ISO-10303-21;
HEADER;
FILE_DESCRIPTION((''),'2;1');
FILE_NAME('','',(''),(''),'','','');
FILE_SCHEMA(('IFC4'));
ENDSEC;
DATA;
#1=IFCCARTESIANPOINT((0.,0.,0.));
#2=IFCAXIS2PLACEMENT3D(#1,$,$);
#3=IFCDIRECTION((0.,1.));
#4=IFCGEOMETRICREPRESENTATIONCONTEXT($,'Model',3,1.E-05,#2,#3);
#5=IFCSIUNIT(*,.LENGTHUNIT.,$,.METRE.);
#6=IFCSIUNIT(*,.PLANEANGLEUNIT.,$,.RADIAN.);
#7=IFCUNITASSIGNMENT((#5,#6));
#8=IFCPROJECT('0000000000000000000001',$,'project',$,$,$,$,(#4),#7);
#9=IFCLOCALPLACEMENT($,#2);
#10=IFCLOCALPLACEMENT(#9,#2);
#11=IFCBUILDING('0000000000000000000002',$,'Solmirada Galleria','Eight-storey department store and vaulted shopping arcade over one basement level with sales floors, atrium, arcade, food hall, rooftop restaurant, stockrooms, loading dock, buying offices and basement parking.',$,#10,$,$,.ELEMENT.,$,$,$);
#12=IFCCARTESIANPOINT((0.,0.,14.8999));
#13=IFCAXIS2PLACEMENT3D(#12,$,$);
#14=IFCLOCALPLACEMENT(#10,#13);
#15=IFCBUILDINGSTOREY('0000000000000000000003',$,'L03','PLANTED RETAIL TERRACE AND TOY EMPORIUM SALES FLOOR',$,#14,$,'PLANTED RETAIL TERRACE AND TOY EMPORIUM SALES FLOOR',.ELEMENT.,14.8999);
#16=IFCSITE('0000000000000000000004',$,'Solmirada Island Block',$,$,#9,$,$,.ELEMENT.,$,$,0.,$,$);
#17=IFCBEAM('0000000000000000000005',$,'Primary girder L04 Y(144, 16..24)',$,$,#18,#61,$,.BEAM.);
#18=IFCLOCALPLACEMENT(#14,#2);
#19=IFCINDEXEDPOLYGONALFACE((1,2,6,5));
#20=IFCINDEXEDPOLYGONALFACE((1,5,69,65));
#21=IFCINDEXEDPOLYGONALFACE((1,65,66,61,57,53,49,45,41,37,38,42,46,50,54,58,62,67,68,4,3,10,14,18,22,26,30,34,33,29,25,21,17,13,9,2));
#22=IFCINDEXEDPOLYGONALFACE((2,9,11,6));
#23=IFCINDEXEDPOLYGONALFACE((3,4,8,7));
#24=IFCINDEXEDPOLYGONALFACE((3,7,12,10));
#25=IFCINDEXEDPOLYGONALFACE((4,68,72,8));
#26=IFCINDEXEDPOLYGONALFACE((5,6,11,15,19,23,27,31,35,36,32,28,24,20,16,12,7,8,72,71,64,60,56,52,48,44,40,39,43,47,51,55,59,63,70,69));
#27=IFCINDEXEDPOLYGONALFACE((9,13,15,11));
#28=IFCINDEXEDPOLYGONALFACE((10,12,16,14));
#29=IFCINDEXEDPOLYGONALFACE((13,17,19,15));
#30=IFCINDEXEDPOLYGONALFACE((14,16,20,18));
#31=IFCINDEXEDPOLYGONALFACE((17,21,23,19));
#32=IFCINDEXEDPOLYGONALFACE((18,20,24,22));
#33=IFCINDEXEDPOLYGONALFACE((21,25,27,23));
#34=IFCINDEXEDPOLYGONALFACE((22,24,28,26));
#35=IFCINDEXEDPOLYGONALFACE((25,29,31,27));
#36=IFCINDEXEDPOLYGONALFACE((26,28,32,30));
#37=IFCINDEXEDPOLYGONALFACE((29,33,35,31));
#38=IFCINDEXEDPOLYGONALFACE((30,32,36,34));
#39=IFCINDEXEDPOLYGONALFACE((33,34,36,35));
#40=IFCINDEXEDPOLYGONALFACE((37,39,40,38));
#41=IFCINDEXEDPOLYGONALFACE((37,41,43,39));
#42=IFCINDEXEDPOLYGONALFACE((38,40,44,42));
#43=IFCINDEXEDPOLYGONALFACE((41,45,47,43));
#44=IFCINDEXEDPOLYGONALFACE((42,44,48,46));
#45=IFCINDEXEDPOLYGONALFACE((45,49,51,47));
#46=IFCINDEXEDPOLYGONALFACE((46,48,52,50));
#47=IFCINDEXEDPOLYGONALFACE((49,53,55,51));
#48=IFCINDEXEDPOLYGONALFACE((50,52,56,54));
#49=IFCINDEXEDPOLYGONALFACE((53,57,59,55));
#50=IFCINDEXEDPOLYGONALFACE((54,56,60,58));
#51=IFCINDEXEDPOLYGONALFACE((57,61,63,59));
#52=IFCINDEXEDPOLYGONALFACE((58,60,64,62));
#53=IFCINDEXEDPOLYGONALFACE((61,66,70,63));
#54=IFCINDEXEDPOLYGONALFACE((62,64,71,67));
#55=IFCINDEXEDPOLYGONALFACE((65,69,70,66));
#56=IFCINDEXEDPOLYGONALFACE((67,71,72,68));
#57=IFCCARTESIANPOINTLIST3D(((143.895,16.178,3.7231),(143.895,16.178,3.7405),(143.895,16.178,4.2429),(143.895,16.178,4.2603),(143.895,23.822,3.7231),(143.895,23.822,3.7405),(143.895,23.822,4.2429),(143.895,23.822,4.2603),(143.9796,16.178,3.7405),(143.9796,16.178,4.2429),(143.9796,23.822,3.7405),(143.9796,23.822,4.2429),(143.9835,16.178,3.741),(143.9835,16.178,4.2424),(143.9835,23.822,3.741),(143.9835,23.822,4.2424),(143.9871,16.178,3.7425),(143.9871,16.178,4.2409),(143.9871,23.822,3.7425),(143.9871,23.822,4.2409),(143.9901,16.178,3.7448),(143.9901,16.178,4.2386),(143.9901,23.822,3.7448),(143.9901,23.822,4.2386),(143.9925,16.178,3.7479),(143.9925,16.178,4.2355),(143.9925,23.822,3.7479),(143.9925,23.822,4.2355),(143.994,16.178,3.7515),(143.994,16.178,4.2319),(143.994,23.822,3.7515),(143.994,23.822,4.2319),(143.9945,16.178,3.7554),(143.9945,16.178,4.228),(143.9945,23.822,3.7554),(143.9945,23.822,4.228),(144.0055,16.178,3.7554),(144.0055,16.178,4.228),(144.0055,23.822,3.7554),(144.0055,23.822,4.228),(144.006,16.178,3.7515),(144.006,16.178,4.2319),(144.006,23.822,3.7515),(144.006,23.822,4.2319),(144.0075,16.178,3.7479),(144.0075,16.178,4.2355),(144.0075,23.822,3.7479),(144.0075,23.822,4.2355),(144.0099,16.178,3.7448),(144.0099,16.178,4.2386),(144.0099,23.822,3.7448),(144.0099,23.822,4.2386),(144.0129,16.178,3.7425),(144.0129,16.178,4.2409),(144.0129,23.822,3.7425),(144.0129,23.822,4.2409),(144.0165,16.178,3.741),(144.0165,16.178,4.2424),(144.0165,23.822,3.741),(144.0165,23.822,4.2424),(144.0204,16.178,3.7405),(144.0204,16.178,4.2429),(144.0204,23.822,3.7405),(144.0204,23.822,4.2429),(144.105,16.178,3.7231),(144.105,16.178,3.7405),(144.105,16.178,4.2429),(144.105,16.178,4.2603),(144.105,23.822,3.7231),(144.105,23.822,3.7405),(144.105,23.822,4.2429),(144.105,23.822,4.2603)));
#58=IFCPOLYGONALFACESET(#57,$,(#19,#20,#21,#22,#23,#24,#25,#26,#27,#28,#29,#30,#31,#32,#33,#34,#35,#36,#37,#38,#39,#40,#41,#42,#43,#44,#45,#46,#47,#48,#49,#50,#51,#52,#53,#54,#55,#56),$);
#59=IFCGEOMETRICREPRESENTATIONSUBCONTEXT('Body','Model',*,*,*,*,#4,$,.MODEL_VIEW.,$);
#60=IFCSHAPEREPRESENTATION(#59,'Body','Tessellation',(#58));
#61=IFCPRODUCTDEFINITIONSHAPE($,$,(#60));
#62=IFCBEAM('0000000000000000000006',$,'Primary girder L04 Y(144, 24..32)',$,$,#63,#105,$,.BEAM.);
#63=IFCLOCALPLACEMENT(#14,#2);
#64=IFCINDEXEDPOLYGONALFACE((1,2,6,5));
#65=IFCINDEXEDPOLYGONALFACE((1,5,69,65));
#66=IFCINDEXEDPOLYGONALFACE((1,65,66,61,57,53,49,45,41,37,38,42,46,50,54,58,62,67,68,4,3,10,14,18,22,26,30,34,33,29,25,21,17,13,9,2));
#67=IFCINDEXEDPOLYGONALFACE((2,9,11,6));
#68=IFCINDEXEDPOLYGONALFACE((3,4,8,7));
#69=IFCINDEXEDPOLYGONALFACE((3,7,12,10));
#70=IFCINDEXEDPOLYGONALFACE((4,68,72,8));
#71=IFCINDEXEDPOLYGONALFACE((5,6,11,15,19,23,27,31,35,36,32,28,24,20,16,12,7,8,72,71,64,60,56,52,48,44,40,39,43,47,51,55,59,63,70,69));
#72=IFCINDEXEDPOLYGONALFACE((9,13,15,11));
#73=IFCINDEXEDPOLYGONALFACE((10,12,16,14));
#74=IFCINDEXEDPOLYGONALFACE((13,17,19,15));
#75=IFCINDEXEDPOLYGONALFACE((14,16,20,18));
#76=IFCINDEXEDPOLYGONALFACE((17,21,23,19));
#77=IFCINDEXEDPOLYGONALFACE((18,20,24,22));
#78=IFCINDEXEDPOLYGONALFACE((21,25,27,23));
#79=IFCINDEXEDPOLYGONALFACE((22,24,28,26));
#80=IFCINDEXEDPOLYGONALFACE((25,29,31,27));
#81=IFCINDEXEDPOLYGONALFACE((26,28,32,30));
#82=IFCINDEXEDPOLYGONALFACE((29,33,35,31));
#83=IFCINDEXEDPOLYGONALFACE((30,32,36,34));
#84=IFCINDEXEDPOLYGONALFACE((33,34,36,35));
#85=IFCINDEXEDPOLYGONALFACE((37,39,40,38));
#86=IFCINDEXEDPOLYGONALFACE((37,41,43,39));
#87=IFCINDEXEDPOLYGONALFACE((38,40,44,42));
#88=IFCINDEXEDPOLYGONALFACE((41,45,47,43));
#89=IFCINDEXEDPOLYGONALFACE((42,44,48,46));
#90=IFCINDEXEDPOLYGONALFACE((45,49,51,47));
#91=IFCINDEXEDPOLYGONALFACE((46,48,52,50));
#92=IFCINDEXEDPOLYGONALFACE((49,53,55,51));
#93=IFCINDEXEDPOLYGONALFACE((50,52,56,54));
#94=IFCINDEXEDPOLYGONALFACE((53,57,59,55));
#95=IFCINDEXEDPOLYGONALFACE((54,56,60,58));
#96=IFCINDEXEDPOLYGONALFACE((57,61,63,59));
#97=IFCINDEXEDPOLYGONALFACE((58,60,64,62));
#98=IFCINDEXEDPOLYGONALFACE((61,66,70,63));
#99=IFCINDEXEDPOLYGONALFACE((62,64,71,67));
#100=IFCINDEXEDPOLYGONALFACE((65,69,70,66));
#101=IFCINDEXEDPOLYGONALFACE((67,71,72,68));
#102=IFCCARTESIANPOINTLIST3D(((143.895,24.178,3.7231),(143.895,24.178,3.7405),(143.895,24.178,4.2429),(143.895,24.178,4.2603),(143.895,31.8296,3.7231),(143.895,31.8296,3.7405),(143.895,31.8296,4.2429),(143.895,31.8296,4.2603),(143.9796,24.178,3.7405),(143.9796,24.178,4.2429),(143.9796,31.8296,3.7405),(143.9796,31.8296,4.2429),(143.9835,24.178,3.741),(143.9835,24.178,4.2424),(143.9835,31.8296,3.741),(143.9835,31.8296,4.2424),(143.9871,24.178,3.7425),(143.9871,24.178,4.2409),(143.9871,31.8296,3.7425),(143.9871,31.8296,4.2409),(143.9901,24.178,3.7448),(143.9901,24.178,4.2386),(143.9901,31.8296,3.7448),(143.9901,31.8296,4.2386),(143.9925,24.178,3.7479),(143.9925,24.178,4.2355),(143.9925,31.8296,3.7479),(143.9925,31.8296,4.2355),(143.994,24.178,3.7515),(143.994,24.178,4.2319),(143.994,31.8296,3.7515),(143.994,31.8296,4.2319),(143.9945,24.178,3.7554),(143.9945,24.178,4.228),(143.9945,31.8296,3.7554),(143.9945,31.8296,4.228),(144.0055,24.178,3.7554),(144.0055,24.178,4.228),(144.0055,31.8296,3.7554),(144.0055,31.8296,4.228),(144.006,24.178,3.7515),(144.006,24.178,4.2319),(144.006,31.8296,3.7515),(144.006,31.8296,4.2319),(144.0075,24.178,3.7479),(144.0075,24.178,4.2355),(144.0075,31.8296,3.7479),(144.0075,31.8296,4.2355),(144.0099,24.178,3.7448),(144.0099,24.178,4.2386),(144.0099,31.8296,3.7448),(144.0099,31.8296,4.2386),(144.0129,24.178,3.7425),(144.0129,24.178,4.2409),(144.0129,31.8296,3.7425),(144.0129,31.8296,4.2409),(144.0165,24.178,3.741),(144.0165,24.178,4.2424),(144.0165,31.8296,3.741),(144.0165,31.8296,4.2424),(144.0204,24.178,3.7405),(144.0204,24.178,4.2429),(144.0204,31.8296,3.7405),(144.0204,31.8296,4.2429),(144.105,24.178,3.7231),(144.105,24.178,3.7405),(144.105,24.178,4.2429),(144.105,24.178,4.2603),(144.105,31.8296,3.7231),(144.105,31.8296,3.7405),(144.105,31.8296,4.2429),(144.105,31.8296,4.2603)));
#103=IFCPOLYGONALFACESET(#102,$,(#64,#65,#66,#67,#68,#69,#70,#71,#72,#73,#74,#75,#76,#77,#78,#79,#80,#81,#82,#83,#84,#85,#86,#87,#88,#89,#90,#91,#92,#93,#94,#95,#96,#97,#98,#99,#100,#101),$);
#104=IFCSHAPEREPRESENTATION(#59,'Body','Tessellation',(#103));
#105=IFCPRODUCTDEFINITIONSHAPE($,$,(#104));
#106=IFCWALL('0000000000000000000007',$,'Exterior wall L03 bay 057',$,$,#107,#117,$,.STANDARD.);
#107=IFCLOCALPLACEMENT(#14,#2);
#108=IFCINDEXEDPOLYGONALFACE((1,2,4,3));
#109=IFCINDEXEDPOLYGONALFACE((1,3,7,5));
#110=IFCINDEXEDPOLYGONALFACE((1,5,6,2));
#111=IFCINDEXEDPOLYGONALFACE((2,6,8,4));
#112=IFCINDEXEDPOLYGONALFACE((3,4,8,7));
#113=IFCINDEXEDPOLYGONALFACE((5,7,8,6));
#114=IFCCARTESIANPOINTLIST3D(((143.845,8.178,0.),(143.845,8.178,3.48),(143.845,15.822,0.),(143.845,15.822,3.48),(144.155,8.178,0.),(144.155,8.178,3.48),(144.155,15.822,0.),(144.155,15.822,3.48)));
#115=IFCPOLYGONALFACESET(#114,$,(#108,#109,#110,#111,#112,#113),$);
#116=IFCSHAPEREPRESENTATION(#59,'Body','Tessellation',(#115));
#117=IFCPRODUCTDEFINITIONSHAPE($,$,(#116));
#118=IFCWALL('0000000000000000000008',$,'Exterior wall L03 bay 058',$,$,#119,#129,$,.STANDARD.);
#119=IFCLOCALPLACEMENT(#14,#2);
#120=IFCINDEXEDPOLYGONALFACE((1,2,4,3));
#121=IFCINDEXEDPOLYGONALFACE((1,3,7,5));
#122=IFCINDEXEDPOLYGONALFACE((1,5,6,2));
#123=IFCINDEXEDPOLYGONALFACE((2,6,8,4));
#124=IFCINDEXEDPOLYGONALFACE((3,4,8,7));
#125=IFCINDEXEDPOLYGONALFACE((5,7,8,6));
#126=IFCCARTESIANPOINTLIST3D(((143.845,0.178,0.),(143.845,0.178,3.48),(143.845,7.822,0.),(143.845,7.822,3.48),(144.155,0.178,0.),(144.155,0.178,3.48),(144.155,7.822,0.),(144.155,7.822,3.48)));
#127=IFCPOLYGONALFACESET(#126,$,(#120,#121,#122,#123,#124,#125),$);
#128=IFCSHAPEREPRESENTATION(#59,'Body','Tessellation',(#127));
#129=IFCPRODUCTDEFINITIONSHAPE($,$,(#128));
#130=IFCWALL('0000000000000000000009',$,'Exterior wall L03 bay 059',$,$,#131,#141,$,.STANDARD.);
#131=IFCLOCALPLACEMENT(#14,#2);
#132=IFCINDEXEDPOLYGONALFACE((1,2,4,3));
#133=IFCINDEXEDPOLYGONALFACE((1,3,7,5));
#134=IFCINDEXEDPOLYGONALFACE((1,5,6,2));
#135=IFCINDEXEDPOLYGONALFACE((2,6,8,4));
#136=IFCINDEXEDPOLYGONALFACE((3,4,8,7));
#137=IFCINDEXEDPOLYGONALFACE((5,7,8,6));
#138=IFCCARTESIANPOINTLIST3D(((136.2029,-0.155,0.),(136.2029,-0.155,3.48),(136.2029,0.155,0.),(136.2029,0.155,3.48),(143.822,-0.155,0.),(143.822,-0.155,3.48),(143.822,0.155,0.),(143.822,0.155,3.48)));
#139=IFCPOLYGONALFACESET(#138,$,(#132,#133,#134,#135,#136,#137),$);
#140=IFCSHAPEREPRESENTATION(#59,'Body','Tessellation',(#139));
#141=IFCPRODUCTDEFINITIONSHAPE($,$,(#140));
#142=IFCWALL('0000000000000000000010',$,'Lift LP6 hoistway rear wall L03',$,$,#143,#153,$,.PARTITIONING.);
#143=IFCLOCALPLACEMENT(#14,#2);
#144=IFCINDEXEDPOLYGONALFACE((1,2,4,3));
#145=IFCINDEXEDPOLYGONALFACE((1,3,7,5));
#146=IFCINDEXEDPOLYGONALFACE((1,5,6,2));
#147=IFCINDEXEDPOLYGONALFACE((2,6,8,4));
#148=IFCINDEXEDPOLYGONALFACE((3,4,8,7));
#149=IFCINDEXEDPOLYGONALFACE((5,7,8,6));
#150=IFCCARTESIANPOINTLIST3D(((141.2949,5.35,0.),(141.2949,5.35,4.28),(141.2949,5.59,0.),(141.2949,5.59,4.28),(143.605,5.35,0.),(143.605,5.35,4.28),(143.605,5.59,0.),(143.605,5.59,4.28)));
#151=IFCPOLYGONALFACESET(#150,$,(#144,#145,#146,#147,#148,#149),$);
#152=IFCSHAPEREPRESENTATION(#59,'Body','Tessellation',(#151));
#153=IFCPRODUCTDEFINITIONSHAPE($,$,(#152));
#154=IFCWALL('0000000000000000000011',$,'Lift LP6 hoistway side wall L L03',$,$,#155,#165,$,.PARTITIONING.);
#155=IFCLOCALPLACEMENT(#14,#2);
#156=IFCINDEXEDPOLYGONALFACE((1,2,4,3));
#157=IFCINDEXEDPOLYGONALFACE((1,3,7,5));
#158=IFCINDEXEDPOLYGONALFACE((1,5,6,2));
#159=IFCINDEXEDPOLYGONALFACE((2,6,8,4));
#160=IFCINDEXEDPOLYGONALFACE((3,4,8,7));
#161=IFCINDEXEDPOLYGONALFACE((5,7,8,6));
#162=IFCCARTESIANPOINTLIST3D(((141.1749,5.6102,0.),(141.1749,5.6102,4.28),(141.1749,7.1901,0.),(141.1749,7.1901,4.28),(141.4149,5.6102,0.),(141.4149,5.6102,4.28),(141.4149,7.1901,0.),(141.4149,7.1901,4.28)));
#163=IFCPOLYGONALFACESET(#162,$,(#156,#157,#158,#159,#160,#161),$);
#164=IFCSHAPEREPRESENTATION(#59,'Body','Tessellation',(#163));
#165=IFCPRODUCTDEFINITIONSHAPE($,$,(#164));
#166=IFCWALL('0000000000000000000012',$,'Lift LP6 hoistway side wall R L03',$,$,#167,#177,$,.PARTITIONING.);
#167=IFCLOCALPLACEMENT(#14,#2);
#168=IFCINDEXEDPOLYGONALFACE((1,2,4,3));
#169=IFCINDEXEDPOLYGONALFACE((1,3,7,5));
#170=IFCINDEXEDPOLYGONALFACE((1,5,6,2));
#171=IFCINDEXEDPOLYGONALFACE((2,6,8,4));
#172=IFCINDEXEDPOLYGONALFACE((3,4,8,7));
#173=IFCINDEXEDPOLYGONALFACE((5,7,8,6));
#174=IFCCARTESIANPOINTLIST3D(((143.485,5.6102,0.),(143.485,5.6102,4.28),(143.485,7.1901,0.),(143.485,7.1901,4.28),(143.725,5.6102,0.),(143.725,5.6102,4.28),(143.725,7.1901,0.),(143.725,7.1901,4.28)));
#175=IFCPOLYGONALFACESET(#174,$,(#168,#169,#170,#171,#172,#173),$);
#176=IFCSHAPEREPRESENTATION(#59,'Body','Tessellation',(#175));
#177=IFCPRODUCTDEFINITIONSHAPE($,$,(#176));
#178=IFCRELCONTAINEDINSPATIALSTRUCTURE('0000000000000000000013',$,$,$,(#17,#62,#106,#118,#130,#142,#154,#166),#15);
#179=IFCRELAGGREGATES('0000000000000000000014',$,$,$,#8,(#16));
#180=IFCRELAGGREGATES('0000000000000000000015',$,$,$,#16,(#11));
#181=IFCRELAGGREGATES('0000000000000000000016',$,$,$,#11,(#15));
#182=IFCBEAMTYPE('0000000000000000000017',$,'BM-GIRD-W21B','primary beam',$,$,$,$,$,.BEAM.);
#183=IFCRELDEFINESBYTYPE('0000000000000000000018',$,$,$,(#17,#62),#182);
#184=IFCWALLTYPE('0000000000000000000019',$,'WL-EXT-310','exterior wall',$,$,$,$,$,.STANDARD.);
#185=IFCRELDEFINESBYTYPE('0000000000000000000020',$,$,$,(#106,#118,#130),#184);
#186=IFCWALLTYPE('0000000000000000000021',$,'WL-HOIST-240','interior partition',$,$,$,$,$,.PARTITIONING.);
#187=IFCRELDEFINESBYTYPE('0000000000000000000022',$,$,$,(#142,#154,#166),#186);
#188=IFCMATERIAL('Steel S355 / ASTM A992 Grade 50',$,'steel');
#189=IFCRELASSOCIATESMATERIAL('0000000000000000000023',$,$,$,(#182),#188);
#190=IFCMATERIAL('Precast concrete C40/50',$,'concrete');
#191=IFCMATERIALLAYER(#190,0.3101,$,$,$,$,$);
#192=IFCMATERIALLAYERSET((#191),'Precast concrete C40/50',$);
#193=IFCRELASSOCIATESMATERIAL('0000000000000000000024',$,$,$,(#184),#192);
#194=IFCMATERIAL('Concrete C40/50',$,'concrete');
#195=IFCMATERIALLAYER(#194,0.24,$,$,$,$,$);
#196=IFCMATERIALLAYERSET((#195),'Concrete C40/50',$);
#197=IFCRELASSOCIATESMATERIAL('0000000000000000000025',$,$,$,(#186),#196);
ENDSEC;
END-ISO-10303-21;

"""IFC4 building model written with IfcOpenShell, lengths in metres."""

from ifc_helpers import new_model, si_unit, direction, frame, frame_2d, origin, origin_2d, place, context, subcontext, project, spatial, rectangle, i_section, extrude, material, layer, layer_set, material_profile, profile_set, type_object, element, save


model = new_model("IFC4")

# Units and contexts
model_context = context("Model", 3, precision=1e-05, world=origin(), true_north=direction((0.0, 1.0)))
body_context = subcontext(model_context, "Body", "Model", "MODEL_VIEW")
ifc_project = project(units=[si_unit("LENGTHUNIT", "METRE"), si_unit("PLANEANGLEUNIT", "RADIAN")], contexts=[model_context])

# Site, building, storey
site_placement = place(None, origin())
site = spatial("IfcSite", under=ifc_project, at=site_placement, Name="Solmirada Island Block", CompositionType="ELEMENT", RefElevation=0.0)
building_placement = place(site_placement, origin())
building = spatial("IfcBuilding", under=site, at=building_placement, Name="Solmirada Galleria", Description="Eight-storey department store and vaulted shopping arcade over one basement level with sales floors, atrium, arcade, food hall, rooftop restaurant, stockrooms, loading dock, buying offices and basement parking.", CompositionType="ELEMENT")
storey_placement = place(building_placement, frame((0.0, 0.0, 14.8999)))
storey = spatial("IfcBuildingStorey", under=building, at=storey_placement, Name="L03", Description="PLANTED RETAIL TERRACE AND TOY EMPORIUM SALES FLOOR", LongName="PLANTED RETAIL TERRACE AND TOY EMPORIUM SALES FLOOR", CompositionType="ELEMENT", Elevation=14.8999)

# Beams
ifc_material_1 = material(Name="Steel S355 / ASTM A992 Grade 50", Category="steel")
ifc_material_profile_1 = material_profile(ifc_material_1, i_section(OverallWidth=0.21, OverallDepth=0.5371, WebThickness=0.011, FlangeThickness=0.0173, FilletRadius=0.0149, at=origin_2d()), Name="W21X68")
ifc_profile_set_1 = profile_set([ifc_material_profile_1], Name="Steel S355 / ASTM A992 Grade 50")
beam_type = type_object("IfcBeamType", Name="BM-GIRD-W21B", Description="primary beam", PredefinedType="BEAM", material=ifc_profile_set_1)
for number, where, z_axis, x_axis, name in (
    (1, (144.0, 16.178, 3.9917), (0.0, 1.0, 0.0), (-1.0, 0.0, 0.0), "Primary girder L04 Y(144, 16..24)"),
):
    element("IfcBeam", number, at=place(storey_placement, frame(where, z_axis=z_axis, x_axis=x_axis)), inside=storey, type_object=beam_type, Name=name, PredefinedType="BEAM", context=body_context, shape_type="SweptSolid", body=[
        extrude(i_section(OverallWidth=0.21, OverallDepth=0.5371, WebThickness=0.011, FlangeThickness=0.0173, FilletRadius=0.0149, at=origin_2d()), origin(), (0.0, 0.0, 1.0), 7.644),
    ])
beam_placement = place(storey_placement, frame((144.0, 24.178, 3.9917), z_axis=(0.0, 1.0, 0.0), x_axis=(-1.0, 0.0, 0.0)))
element("IfcBeam", 2, at=beam_placement, inside=storey, type_object=beam_type, Name="Primary girder L04 Y(144, 24..32)", PredefinedType="BEAM", context=body_context, shape_type="SweptSolid", body=[
    extrude(i_section(OverallWidth=0.21, OverallDepth=0.5371, WebThickness=0.011, FlangeThickness=0.0173, FilletRadius=0.0149, at=origin_2d()), origin(), (0.0, 0.0, 1.0), 7.6516),
])

# Shared definitions
ifc_material_2 = material(Name="Precast concrete C40/50", Category="concrete")
ifc_layer_1 = layer(ifc_material_2, 0.3101)
ifc_layer_set_1 = layer_set([ifc_layer_1], Name="Precast concrete C40/50")
wall_type_1 = type_object("IfcWallType", Name="WL-EXT-310", Description="exterior wall", PredefinedType="STANDARD", material=ifc_layer_set_1)

# Walls
for number, where, z_axis, x_axis, name in (
    (3, (144.0, 15.822, 0.0), (0.0, 0.0, 1.0), (0.0, -1.0, 0.0), "Exterior wall L03 bay 057"),
    (4, (144.0, 7.822, 0.0), (0.0, 0.0, 1.0), (0.0, -1.0, 0.0), "Exterior wall L03 bay 058"),
):
    element("IfcWall", number, at=place(storey_placement, frame(where, z_axis=z_axis, x_axis=x_axis)), inside=storey, type_object=wall_type_1, Name=name, PredefinedType="STANDARD", context=body_context, shape_type="SweptSolid", body=[
        extrude(rectangle(XDim=7.644, YDim=0.3101, at=frame_2d((3.822, 0.0))), origin(), (0.0, 0.0, 1.0), 3.48),
    ])
wall_1_placement = place(storey_placement, frame((143.822, 0.0, 0.0), z_axis=(0.0, 0.0, 1.0), x_axis=(-1.0, 0.0, 0.0)))
element("IfcWall", 5, at=wall_1_placement, inside=storey, type_object=wall_type_1, Name="Exterior wall L03 bay 059", PredefinedType="STANDARD", context=body_context, shape_type="SweptSolid", body=[
    extrude(rectangle(XDim=7.6191, YDim=0.3101, at=frame_2d((3.8096, 0.0))), origin(), (0.0, 0.0, 1.0), 3.48),
])

# Shared definitions
ifc_material_3 = material(Name="Concrete C40/50", Category="concrete")
ifc_layer_2 = layer(ifc_material_3, 0.24)
ifc_layer_set_2 = layer_set([ifc_layer_2], Name="Concrete C40/50")
wall_type_2 = type_object("IfcWallType", Name="WL-HOIST-240", Description="interior partition", PredefinedType="PARTITIONING", material=ifc_layer_set_2)

# Walls
wall_2_placement = place(storey_placement, frame((141.2949, 5.47, 0.0), z_axis=(0.0, 0.0, 1.0), x_axis=(1.0, 0.0, 0.0)))
element("IfcWall", 6, at=wall_2_placement, inside=storey, type_object=wall_type_2, Name="Lift LP6 hoistway rear wall L03", PredefinedType="PARTITIONING", context=body_context, shape_type="SweptSolid", body=[
    extrude(rectangle(XDim=2.3101, YDim=0.24, at=frame_2d((1.155, 0.0))), origin(), (0.0, 0.0, 1.0), 4.28),
])
for number, where, z_axis, x_axis, name in (
    (7, (141.2949, 5.6101, 0.0), (0.0, 0.0, 1.0), (0.0, 1.0, 0.0), "Lift LP6 hoistway side wall L L03"),
    (8, (143.605, 5.6101, 0.0), (0.0, 0.0, 1.0), (0.0, 1.0, 0.0), "Lift LP6 hoistway side wall R L03"),
):
    element("IfcWall", number, at=place(storey_placement, frame(where, z_axis=z_axis, x_axis=x_axis)), inside=storey, type_object=wall_type_2, Name=name, PredefinedType="PARTITIONING", context=body_context, shape_type="SweptSolid", body=[
        extrude(rectangle(XDim=1.5798, YDim=0.24, at=frame_2d((0.79, 0.0))), origin(), (0.0, 0.0, 1.0), 4.28),
    ])

save(model, "model.ifc")
